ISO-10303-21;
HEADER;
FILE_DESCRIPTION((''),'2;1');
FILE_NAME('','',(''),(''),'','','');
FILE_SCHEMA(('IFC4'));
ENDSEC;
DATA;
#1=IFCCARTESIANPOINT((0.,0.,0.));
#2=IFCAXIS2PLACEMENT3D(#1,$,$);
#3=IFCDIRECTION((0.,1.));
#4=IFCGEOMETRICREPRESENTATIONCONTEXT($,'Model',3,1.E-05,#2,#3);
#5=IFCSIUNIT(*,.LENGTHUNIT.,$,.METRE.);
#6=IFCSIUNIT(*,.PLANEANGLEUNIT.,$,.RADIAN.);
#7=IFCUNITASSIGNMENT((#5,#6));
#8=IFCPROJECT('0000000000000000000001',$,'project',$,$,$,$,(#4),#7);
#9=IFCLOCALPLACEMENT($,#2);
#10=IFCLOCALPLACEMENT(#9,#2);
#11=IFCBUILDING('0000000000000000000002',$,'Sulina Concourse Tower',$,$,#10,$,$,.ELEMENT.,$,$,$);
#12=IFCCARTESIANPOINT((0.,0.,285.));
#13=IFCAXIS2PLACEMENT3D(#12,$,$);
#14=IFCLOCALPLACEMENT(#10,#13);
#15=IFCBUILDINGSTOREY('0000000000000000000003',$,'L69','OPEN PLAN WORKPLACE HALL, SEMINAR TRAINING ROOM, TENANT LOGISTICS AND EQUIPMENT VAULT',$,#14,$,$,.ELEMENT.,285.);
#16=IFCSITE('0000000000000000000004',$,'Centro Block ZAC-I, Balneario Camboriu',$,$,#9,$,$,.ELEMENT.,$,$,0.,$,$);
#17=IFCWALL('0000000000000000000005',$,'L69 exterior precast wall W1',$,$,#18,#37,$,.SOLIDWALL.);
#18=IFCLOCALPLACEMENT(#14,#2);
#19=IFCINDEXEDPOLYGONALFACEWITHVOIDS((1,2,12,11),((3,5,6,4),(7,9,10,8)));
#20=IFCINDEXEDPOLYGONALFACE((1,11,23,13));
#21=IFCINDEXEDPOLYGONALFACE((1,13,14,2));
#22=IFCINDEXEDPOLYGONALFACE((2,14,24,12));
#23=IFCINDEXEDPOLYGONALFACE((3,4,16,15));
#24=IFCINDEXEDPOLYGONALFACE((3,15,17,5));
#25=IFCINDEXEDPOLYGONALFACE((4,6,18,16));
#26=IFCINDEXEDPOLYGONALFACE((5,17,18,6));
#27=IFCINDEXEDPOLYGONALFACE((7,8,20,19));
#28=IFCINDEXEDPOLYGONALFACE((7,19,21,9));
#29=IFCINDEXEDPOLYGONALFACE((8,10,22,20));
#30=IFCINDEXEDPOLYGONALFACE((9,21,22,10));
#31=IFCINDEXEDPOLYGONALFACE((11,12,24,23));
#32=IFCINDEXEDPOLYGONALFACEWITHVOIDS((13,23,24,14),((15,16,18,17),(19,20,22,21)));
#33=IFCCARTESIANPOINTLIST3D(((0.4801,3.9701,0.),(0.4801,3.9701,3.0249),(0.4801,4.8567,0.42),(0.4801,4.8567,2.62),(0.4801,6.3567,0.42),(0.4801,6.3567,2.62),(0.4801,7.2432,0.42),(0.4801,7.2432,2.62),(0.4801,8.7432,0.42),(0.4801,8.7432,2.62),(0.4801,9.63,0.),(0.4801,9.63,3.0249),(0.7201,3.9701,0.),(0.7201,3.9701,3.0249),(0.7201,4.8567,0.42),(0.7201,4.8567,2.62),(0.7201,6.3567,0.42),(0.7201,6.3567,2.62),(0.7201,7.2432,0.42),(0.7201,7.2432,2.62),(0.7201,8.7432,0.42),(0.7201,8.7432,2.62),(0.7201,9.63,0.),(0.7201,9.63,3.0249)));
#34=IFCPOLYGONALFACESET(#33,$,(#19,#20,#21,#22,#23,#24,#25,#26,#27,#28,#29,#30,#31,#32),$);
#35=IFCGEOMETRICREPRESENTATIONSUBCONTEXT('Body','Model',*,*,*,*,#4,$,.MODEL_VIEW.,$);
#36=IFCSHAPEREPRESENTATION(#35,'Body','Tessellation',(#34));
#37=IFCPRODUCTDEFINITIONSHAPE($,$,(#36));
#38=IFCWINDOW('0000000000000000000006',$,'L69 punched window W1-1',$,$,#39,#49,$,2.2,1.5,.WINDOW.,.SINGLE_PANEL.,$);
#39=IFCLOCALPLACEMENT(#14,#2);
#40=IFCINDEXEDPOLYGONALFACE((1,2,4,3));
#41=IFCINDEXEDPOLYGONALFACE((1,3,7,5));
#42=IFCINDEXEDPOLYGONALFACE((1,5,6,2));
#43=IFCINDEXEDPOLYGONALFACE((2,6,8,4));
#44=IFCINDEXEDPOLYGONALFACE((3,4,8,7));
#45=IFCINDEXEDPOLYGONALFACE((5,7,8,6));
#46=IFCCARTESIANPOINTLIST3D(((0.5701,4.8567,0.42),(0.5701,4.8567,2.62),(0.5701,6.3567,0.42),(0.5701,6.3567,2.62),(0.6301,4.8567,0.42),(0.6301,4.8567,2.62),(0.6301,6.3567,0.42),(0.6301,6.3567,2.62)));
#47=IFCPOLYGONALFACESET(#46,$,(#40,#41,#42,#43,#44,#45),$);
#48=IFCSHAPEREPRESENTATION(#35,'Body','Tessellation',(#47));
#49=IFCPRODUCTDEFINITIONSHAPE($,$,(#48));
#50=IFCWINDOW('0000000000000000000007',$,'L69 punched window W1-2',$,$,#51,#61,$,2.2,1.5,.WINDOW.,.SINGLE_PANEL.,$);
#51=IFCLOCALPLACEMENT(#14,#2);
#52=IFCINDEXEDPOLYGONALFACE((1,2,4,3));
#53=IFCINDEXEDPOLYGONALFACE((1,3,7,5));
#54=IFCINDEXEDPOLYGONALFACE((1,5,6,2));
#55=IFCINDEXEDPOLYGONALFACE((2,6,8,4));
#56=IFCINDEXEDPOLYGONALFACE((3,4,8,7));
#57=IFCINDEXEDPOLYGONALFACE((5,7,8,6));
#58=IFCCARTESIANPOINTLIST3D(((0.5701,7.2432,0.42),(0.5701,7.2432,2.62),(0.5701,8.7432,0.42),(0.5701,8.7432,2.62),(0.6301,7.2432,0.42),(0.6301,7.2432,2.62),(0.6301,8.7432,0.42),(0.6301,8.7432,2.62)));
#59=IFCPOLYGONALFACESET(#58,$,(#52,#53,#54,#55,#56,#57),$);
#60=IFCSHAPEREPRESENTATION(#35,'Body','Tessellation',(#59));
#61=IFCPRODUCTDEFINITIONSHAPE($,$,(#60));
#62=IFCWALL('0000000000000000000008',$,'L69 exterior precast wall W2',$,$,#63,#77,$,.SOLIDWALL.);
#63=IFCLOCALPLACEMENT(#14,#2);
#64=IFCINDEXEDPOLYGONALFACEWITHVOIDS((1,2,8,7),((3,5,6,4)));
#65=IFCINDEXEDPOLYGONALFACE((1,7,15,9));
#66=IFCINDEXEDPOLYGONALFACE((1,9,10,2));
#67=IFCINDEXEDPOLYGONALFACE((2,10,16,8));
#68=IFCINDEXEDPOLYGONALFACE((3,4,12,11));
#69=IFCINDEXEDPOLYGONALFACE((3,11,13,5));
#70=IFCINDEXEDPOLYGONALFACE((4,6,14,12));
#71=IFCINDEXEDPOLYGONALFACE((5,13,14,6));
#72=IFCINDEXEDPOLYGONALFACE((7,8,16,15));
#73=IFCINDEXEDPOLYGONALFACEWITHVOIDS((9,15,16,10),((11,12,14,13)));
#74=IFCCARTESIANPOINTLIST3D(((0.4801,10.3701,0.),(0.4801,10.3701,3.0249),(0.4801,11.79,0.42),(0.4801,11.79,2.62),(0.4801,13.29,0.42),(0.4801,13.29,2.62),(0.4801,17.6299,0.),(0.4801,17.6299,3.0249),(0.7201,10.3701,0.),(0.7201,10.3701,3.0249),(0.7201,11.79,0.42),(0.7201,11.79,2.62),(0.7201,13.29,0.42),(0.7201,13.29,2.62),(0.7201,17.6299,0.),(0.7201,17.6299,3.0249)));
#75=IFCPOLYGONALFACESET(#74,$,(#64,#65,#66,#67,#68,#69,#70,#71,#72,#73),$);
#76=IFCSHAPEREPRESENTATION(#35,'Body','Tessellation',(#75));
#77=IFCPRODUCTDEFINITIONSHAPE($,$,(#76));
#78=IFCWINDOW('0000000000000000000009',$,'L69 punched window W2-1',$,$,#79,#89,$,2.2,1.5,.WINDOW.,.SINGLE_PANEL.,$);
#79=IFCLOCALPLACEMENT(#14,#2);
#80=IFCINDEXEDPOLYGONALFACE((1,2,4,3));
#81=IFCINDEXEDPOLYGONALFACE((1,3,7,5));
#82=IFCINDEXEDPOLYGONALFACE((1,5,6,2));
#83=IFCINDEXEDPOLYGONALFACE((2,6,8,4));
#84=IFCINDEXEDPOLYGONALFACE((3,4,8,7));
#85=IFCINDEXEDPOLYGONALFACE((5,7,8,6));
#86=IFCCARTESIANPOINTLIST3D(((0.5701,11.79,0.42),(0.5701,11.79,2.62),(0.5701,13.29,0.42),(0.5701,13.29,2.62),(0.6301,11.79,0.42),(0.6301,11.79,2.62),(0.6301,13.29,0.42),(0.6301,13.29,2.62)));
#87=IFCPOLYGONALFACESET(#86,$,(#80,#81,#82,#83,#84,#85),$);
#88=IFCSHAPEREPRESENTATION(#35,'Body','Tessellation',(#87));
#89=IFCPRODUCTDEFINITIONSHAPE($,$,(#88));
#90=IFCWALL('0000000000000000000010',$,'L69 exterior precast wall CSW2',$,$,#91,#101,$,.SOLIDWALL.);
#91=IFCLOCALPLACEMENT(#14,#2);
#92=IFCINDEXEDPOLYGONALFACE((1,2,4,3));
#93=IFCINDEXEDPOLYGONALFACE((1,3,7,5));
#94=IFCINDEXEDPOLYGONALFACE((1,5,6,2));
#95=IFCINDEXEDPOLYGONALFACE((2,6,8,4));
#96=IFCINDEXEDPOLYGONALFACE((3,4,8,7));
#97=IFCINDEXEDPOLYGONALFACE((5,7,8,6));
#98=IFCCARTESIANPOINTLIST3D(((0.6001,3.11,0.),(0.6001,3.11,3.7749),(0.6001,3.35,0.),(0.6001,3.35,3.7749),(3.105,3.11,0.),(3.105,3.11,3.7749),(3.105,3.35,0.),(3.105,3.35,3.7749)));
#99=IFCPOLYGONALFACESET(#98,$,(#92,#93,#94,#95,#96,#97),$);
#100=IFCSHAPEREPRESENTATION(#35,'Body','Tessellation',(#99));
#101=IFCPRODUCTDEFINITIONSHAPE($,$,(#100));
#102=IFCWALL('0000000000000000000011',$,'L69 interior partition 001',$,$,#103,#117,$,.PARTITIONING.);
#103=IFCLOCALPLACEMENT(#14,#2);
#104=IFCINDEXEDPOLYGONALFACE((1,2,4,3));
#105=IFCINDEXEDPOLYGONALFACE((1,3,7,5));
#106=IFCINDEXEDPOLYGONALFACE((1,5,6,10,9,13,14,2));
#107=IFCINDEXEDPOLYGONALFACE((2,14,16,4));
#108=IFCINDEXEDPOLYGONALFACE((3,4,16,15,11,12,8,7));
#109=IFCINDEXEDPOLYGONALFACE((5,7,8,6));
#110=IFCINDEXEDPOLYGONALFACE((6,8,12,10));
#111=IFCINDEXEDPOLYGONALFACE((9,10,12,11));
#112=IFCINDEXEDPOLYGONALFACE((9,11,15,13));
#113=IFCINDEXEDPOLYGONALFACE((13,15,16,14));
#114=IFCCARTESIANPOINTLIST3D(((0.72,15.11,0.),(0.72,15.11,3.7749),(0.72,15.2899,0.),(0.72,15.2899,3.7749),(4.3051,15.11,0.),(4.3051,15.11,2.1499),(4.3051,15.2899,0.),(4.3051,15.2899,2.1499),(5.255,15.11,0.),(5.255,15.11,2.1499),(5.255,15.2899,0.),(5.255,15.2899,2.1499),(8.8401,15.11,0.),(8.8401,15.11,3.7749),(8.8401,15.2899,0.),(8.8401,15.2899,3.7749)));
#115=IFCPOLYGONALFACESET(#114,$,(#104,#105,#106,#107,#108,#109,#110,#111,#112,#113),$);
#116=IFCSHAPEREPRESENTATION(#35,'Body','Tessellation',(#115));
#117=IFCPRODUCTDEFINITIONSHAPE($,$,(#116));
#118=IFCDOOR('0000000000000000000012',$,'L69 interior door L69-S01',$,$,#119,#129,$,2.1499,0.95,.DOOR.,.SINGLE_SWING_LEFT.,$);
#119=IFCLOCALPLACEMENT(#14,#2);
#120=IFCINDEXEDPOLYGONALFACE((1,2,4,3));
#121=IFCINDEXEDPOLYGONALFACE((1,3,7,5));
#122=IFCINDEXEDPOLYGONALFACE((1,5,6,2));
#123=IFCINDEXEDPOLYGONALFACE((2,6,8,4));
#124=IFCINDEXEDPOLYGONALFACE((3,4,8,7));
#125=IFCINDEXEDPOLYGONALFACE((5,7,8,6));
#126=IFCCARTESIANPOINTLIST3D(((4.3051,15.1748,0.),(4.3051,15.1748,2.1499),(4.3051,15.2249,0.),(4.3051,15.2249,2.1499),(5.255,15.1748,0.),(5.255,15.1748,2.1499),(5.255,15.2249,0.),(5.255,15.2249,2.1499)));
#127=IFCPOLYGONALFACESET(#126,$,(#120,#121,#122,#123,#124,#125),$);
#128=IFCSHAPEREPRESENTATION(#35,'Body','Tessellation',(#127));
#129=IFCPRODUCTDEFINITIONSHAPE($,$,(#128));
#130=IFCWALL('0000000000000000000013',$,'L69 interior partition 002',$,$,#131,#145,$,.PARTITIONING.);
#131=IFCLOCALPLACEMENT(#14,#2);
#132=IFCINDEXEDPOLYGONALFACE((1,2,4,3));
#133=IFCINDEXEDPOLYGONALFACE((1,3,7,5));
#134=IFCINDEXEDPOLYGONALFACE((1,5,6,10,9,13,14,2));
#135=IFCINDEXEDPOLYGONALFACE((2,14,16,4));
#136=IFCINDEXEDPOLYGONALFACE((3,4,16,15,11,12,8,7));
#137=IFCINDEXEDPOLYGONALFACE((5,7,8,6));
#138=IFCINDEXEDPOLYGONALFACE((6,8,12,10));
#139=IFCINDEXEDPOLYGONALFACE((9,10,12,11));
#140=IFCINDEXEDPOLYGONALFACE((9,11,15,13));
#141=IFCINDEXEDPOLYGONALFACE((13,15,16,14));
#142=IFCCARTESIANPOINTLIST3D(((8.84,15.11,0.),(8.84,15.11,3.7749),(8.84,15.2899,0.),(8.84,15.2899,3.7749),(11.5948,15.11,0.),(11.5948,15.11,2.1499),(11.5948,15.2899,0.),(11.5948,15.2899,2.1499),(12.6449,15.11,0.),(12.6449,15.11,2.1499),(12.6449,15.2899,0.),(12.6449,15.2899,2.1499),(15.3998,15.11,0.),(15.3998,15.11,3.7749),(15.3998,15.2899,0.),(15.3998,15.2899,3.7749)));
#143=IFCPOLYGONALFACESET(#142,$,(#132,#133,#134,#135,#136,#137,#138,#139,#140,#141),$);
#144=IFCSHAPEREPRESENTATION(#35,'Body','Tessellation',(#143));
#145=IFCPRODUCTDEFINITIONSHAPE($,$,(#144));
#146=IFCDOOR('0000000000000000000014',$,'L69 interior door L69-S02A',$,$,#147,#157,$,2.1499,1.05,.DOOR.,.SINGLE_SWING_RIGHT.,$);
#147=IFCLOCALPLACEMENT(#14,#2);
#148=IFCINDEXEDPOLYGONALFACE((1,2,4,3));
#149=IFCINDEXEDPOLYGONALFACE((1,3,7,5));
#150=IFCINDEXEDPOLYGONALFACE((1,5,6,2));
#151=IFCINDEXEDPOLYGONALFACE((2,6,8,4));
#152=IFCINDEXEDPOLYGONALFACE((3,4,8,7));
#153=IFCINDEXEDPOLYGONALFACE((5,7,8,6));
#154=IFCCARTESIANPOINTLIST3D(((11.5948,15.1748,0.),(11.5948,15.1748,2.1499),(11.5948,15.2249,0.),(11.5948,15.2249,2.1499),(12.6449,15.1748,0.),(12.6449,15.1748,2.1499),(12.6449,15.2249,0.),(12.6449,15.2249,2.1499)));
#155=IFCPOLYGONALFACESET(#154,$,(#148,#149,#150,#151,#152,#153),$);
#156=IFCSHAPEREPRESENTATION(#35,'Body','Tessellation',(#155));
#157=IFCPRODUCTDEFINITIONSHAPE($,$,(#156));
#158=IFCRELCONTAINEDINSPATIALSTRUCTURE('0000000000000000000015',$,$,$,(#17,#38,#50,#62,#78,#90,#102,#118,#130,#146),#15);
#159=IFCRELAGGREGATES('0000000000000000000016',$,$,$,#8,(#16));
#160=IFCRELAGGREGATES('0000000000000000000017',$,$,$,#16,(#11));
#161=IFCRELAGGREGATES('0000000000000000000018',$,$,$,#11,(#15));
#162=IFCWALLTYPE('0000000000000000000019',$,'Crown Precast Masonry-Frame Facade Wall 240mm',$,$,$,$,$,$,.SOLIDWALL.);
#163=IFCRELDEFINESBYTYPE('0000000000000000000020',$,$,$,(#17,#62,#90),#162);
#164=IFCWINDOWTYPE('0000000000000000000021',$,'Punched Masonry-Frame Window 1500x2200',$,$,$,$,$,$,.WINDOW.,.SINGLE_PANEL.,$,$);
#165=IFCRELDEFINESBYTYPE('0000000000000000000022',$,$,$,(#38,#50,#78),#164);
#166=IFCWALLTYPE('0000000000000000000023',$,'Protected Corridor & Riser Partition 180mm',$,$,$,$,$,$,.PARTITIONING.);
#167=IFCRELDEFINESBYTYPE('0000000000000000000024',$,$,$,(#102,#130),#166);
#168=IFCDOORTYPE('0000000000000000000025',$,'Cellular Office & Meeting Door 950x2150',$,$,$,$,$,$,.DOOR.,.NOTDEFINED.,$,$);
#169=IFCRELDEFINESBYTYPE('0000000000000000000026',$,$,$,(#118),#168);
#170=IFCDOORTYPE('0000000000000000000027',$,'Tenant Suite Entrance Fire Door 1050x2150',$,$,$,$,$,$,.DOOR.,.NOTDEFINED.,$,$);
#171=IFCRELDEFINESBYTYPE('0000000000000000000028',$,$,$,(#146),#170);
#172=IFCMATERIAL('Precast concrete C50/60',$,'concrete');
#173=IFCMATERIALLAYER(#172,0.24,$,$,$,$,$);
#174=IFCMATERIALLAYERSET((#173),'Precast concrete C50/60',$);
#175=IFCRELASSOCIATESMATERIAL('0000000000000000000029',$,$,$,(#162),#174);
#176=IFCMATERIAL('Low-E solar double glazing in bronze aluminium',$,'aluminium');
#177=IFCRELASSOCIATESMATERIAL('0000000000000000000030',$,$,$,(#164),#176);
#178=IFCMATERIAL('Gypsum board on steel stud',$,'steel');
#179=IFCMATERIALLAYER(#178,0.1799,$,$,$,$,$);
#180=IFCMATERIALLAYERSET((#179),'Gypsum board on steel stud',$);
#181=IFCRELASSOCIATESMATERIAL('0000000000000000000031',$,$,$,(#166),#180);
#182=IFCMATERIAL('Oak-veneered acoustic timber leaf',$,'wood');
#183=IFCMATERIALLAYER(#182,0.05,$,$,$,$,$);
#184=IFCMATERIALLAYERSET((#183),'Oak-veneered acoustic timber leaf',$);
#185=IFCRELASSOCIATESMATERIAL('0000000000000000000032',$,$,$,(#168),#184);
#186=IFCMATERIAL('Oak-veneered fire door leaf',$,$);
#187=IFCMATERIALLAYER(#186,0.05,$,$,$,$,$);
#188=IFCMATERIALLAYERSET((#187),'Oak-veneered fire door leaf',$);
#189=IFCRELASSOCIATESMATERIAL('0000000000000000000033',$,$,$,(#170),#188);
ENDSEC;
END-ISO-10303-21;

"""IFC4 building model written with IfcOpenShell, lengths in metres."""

from ifc_helpers import new_model, si_unit, direction, frame, frame_2d, origin, place, context, subcontext, project, spatial, rectangle, extrude, material, layer, layer_set, type_object, element, fill, save


model = new_model("IFC4")

# Units and contexts
model_context = context("Model", 3, precision=1e-05, world=origin(), true_north=direction((0.0, 1.0)))
body_context = subcontext(model_context, "Body", "Model", "MODEL_VIEW")
ifc_project = project(units=[si_unit("LENGTHUNIT", "METRE"), si_unit("PLANEANGLEUNIT", "RADIAN")], contexts=[model_context])

# Site, building, storey
site_placement = place(None, origin())
site = spatial("IfcSite", under=ifc_project, at=site_placement, Name="Centro Block ZAC-I, Balneario Camboriu", CompositionType="ELEMENT", RefElevation=0.0)
building_placement = place(site_placement, origin())
building = spatial("IfcBuilding", under=site, at=building_placement, Name="Sulina Concourse Tower", CompositionType="ELEMENT")
storey_placement = place(building_placement, frame((0.0, 0.0, 285.0)))
storey = spatial("IfcBuildingStorey", under=building, at=storey_placement, Name="L69", Description="OPEN PLAN WORKPLACE HALL, SEMINAR TRAINING ROOM, TENANT LOGISTICS AND EQUIPMENT VAULT", CompositionType="ELEMENT", Elevation=285.0)

# Wall, openings, windows
ifc_material_1 = material(Name="Precast concrete C50/60", Category="concrete")
ifc_layer_1 = layer(ifc_material_1, 0.24)
ifc_layer_set_1 = layer_set([ifc_layer_1], Name="Precast concrete C50/60")
wall_type_1 = type_object("IfcWallType", Name="Crown Precast Masonry-Frame Facade Wall 240mm", PredefinedType="SOLIDWALL", material=ifc_layer_set_1)
wall_1_placement = place(storey_placement, frame((0.6001, 3.97, 0.0), z_axis=(0.0, 0.0, 1.0), x_axis=(0.0, 1.0, 0.0)))
wall_1 = element("IfcWall", 1, at=wall_1_placement, inside=storey, type_object=wall_type_1, Name="L69 exterior precast wall W1", PredefinedType="SOLIDWALL", context=body_context, shape_type="SweptSolid", body=[
    extrude(rectangle(XDim=5.6599, YDim=0.24, at=frame_2d((2.8301, 0.0))), origin(), (0.0, 0.0, 1.0), 3.0249),
])
opening_1_placement = place(wall_1_placement, frame((0.8867, 0.0, 0.4199)))
opening_1 = element("IfcOpeningElement", 2, at=opening_1_placement, cuts=wall_1, PredefinedType="OPENING", context=body_context, shape_type="SweptSolid", body=[
    extrude(rectangle(XDim=1.5, YDim=2.2, at=frame_2d((0.75, 1.1001))), frame((0.0, 0.1299, 0.0), z_axis=(0.0, -1.0, 0.0), x_axis=(1.0, 0.0, 0.0)), (0.0, 0.0, 1.0), 0.26),
])
opening_2_placement = place(wall_1_placement, frame((3.2732, 0.0, 0.4199)))
opening_2 = element("IfcOpeningElement", 3, at=opening_2_placement, cuts=wall_1, PredefinedType="OPENING", context=body_context, shape_type="SweptSolid", body=[
    extrude(rectangle(XDim=1.5, YDim=2.2, at=frame_2d((0.75, 1.1001))), frame((0.0, 0.1299, 0.0), z_axis=(0.0, -1.0, 0.0), x_axis=(1.0, 0.0, 0.0)), (0.0, 0.0, 1.0), 0.26),
])
ifc_material_2 = material(Name="Low-E solar double glazing in bronze aluminium", Category="aluminium")
window_type = type_object("IfcWindowType", Name="Punched Masonry-Frame Window 1500x2200", PartitioningType="SINGLE_PANEL", PredefinedType="WINDOW", material=ifc_material_2)
window_1_placement = place(opening_1_placement, origin())
window_1 = element("IfcWindow", 4, at=window_1_placement, inside=storey, type_object=window_type, Name="L69 punched window W1-1", OverallHeight=2.2, OverallWidth=1.5, PartitioningType="SINGLE_PANEL", PredefinedType="WINDOW", context=body_context, shape_type="SweptSolid", body=[
    extrude(rectangle(XDim=1.5, YDim=2.2, at=frame_2d((0.75, 1.1001))), frame((0.0, 0.03, 0.0), z_axis=(0.0, -1.0, 0.0), x_axis=(1.0, 0.0, 0.0)), (0.0, 0.0, 1.0), 0.0601),
])
fill(opening_1, window_1)
window_2_placement = place(opening_2_placement, origin())
window_2 = element("IfcWindow", 5, at=window_2_placement, inside=storey, type_object=window_type, Name="L69 punched window W1-2", OverallHeight=2.2, OverallWidth=1.5, PartitioningType="SINGLE_PANEL", PredefinedType="WINDOW", context=body_context, shape_type="SweptSolid", body=[
    extrude(rectangle(XDim=1.5, YDim=2.2, at=frame_2d((0.75, 1.1001))), frame((0.0, 0.03, 0.0), z_axis=(0.0, -1.0, 0.0), x_axis=(1.0, 0.0, 0.0)), (0.0, 0.0, 1.0), 0.0601),
])
fill(opening_2, window_2)

# Wall, opening, window
wall_2_placement = place(storey_placement, frame((0.6001, 10.3701, 0.0), z_axis=(0.0, 0.0, 1.0), x_axis=(0.0, 1.0, 0.0)))
wall_2 = element("IfcWall", 6, at=wall_2_placement, inside=storey, type_object=wall_type_1, Name="L69 exterior precast wall W2", PredefinedType="SOLIDWALL", context=body_context, shape_type="SweptSolid", body=[
    extrude(rectangle(XDim=7.2598, YDim=0.24, at=frame_2d((3.6299, 0.0))), origin(), (0.0, 0.0, 1.0), 3.0249),
])
opening_3_placement = place(wall_2_placement, frame((1.4199, 0.0, 0.4199)))
opening_3 = element("IfcOpeningElement", 7, at=opening_3_placement, cuts=wall_2, PredefinedType="OPENING", context=body_context, shape_type="SweptSolid", body=[
    extrude(rectangle(XDim=1.5, YDim=2.2, at=frame_2d((0.75, 1.1001))), frame((0.0, 0.1299, 0.0), z_axis=(0.0, -1.0, 0.0), x_axis=(1.0, 0.0, 0.0)), (0.0, 0.0, 1.0), 0.26),
])
window_3_placement = place(opening_3_placement, origin())
window_3 = element("IfcWindow", 8, at=window_3_placement, inside=storey, type_object=window_type, Name="L69 punched window W2-1", OverallHeight=2.2, OverallWidth=1.5, PartitioningType="SINGLE_PANEL", PredefinedType="WINDOW", context=body_context, shape_type="SweptSolid", body=[
    extrude(rectangle(XDim=1.5, YDim=2.2, at=frame_2d((0.75, 1.1001))), frame((0.0, 0.03, 0.0), z_axis=(0.0, -1.0, 0.0), x_axis=(1.0, 0.0, 0.0)), (0.0, 0.0, 1.0), 0.0601),
])
fill(opening_3, window_3)

# Wall
wall_3_placement = place(storey_placement, frame((3.105, 3.23, 0.0), z_axis=(0.0, 0.0, 1.0), x_axis=(-1.0, 0.0, 0.0)))
element("IfcWall", 9, at=wall_3_placement, inside=storey, type_object=wall_type_1, Name="L69 exterior precast wall CSW2", PredefinedType="SOLIDWALL", context=body_context, shape_type="SweptSolid", body=[
    extrude(rectangle(XDim=2.5049, YDim=0.24, at=frame_2d((1.2524, 0.0))), origin(), (0.0, 0.0, 1.0), 3.7749),
])

# Walls, openings, doors
ifc_material_3 = material(Name="Gypsum board on steel stud", Category="steel")
ifc_layer_2 = layer(ifc_material_3, 0.1799)
ifc_layer_set_2 = layer_set([ifc_layer_2], Name="Gypsum board on steel stud")
wall_type_2 = type_object("IfcWallType", Name="Protected Corridor & Riser Partition 180mm", PredefinedType="PARTITIONING", material=ifc_layer_set_2)
wall_4_placement = place(storey_placement, frame((0.72, 15.2, 0.0), z_axis=(0.0, 0.0, 1.0), x_axis=(1.0, 0.0, 0.0)))
wall_4 = element("IfcWall", 10, at=wall_4_placement, inside=storey, type_object=wall_type_2, Name="L69 interior partition 001", PredefinedType="PARTITIONING", context=body_context, shape_type="SweptSolid", body=[
    extrude(rectangle(XDim=8.1201, YDim=0.1799, at=frame_2d((4.0601, 0.0))), origin(), (0.0, 0.0, 1.0), 3.7749),
])
opening_4_placement = place(wall_4_placement, frame((3.585, 0.0, 0.0)))
opening_4 = element("IfcOpeningElement", 11, at=opening_4_placement, cuts=wall_4, PredefinedType="OPENING", context=body_context, shape_type="SweptSolid", body=[
    extrude(rectangle(XDim=0.95, YDim=2.1499, at=frame_2d((0.4751, 1.075))), frame((0.0, 0.0999, 0.0), z_axis=(0.0, -1.0, 0.0), x_axis=(1.0, 0.0, 0.0)), (0.0, 0.0, 1.0), 0.2),
])
ifc_material_4 = material(Name="Oak-veneered acoustic timber leaf", Category="wood")
ifc_layer_3 = layer(ifc_material_4, 0.05)
ifc_layer_set_3 = layer_set([ifc_layer_3], Name="Oak-veneered acoustic timber leaf")
door_type_1 = type_object("IfcDoorType", Name="Cellular Office & Meeting Door 950x2150", OperationType="NOTDEFINED", PredefinedType="DOOR", material=ifc_layer_set_3)
door_1_placement = place(opening_4_placement, origin())
door_1 = element("IfcDoor", 12, at=door_1_placement, inside=storey, type_object=door_type_1, Name="L69 interior door L69-S01", OperationType="SINGLE_SWING_LEFT", OverallHeight=2.1499, OverallWidth=0.95, PredefinedType="DOOR", context=body_context, shape_type="SweptSolid", body=[
    extrude(rectangle(XDim=0.95, YDim=2.1499, at=frame_2d((0.4751, 1.075))), frame((0.0, 0.0249, 0.0), z_axis=(0.0, -1.0, 0.0), x_axis=(1.0, 0.0, 0.0)), (0.0, 0.0, 1.0), 0.05),
])
fill(opening_4, door_1)
wall_5_placement = place(storey_placement, frame((8.8401, 15.2, 0.0), z_axis=(0.0, 0.0, 1.0), x_axis=(1.0, 0.0, 0.0)))
wall_5 = element("IfcWall", 13, at=wall_5_placement, inside=storey, type_object=wall_type_2, Name="L69 interior partition 002", PredefinedType="PARTITIONING", context=body_context, shape_type="SweptSolid", body=[
    extrude(rectangle(XDim=6.5598, YDim=0.1799, at=frame_2d((3.2798, 0.0))), origin(), (0.0, 0.0, 1.0), 3.7749),
])
opening_5_placement = place(wall_5_placement, frame((2.7549, 0.0, 0.0)))
opening_5 = element("IfcOpeningElement", 14, at=opening_5_placement, cuts=wall_5, PredefinedType="OPENING", context=body_context, shape_type="SweptSolid", body=[
    extrude(rectangle(XDim=1.05, YDim=2.1499, at=frame_2d((0.5249, 1.075))), frame((0.0, 0.0999, 0.0), z_axis=(0.0, -1.0, 0.0), x_axis=(1.0, 0.0, 0.0)), (0.0, 0.0, 1.0), 0.2),
])
ifc_material_5 = material(Name="Oak-veneered fire door leaf")
ifc_layer_4 = layer(ifc_material_5, 0.05)
ifc_layer_set_4 = layer_set([ifc_layer_4], Name="Oak-veneered fire door leaf")
door_type_2 = type_object("IfcDoorType", Name="Tenant Suite Entrance Fire Door 1050x2150", OperationType="NOTDEFINED", PredefinedType="DOOR", material=ifc_layer_set_4)
door_2_placement = place(opening_5_placement, origin())
door_2 = element("IfcDoor", 15, at=door_2_placement, inside=storey, type_object=door_type_2, Name="L69 interior door L69-S02A", OperationType="SINGLE_SWING_RIGHT", OverallHeight=2.1499, OverallWidth=1.05, PredefinedType="DOOR", context=body_context, shape_type="SweptSolid", body=[
    extrude(rectangle(XDim=1.05, YDim=2.1499, at=frame_2d((0.5249, 1.075))), frame((0.0, 0.0249, 0.0), z_axis=(0.0, -1.0, 0.0), x_axis=(1.0, 0.0, 0.0)), (0.0, 0.0, 1.0), 0.05),
])
fill(opening_5, door_2)

save(model, "model.ifc")
